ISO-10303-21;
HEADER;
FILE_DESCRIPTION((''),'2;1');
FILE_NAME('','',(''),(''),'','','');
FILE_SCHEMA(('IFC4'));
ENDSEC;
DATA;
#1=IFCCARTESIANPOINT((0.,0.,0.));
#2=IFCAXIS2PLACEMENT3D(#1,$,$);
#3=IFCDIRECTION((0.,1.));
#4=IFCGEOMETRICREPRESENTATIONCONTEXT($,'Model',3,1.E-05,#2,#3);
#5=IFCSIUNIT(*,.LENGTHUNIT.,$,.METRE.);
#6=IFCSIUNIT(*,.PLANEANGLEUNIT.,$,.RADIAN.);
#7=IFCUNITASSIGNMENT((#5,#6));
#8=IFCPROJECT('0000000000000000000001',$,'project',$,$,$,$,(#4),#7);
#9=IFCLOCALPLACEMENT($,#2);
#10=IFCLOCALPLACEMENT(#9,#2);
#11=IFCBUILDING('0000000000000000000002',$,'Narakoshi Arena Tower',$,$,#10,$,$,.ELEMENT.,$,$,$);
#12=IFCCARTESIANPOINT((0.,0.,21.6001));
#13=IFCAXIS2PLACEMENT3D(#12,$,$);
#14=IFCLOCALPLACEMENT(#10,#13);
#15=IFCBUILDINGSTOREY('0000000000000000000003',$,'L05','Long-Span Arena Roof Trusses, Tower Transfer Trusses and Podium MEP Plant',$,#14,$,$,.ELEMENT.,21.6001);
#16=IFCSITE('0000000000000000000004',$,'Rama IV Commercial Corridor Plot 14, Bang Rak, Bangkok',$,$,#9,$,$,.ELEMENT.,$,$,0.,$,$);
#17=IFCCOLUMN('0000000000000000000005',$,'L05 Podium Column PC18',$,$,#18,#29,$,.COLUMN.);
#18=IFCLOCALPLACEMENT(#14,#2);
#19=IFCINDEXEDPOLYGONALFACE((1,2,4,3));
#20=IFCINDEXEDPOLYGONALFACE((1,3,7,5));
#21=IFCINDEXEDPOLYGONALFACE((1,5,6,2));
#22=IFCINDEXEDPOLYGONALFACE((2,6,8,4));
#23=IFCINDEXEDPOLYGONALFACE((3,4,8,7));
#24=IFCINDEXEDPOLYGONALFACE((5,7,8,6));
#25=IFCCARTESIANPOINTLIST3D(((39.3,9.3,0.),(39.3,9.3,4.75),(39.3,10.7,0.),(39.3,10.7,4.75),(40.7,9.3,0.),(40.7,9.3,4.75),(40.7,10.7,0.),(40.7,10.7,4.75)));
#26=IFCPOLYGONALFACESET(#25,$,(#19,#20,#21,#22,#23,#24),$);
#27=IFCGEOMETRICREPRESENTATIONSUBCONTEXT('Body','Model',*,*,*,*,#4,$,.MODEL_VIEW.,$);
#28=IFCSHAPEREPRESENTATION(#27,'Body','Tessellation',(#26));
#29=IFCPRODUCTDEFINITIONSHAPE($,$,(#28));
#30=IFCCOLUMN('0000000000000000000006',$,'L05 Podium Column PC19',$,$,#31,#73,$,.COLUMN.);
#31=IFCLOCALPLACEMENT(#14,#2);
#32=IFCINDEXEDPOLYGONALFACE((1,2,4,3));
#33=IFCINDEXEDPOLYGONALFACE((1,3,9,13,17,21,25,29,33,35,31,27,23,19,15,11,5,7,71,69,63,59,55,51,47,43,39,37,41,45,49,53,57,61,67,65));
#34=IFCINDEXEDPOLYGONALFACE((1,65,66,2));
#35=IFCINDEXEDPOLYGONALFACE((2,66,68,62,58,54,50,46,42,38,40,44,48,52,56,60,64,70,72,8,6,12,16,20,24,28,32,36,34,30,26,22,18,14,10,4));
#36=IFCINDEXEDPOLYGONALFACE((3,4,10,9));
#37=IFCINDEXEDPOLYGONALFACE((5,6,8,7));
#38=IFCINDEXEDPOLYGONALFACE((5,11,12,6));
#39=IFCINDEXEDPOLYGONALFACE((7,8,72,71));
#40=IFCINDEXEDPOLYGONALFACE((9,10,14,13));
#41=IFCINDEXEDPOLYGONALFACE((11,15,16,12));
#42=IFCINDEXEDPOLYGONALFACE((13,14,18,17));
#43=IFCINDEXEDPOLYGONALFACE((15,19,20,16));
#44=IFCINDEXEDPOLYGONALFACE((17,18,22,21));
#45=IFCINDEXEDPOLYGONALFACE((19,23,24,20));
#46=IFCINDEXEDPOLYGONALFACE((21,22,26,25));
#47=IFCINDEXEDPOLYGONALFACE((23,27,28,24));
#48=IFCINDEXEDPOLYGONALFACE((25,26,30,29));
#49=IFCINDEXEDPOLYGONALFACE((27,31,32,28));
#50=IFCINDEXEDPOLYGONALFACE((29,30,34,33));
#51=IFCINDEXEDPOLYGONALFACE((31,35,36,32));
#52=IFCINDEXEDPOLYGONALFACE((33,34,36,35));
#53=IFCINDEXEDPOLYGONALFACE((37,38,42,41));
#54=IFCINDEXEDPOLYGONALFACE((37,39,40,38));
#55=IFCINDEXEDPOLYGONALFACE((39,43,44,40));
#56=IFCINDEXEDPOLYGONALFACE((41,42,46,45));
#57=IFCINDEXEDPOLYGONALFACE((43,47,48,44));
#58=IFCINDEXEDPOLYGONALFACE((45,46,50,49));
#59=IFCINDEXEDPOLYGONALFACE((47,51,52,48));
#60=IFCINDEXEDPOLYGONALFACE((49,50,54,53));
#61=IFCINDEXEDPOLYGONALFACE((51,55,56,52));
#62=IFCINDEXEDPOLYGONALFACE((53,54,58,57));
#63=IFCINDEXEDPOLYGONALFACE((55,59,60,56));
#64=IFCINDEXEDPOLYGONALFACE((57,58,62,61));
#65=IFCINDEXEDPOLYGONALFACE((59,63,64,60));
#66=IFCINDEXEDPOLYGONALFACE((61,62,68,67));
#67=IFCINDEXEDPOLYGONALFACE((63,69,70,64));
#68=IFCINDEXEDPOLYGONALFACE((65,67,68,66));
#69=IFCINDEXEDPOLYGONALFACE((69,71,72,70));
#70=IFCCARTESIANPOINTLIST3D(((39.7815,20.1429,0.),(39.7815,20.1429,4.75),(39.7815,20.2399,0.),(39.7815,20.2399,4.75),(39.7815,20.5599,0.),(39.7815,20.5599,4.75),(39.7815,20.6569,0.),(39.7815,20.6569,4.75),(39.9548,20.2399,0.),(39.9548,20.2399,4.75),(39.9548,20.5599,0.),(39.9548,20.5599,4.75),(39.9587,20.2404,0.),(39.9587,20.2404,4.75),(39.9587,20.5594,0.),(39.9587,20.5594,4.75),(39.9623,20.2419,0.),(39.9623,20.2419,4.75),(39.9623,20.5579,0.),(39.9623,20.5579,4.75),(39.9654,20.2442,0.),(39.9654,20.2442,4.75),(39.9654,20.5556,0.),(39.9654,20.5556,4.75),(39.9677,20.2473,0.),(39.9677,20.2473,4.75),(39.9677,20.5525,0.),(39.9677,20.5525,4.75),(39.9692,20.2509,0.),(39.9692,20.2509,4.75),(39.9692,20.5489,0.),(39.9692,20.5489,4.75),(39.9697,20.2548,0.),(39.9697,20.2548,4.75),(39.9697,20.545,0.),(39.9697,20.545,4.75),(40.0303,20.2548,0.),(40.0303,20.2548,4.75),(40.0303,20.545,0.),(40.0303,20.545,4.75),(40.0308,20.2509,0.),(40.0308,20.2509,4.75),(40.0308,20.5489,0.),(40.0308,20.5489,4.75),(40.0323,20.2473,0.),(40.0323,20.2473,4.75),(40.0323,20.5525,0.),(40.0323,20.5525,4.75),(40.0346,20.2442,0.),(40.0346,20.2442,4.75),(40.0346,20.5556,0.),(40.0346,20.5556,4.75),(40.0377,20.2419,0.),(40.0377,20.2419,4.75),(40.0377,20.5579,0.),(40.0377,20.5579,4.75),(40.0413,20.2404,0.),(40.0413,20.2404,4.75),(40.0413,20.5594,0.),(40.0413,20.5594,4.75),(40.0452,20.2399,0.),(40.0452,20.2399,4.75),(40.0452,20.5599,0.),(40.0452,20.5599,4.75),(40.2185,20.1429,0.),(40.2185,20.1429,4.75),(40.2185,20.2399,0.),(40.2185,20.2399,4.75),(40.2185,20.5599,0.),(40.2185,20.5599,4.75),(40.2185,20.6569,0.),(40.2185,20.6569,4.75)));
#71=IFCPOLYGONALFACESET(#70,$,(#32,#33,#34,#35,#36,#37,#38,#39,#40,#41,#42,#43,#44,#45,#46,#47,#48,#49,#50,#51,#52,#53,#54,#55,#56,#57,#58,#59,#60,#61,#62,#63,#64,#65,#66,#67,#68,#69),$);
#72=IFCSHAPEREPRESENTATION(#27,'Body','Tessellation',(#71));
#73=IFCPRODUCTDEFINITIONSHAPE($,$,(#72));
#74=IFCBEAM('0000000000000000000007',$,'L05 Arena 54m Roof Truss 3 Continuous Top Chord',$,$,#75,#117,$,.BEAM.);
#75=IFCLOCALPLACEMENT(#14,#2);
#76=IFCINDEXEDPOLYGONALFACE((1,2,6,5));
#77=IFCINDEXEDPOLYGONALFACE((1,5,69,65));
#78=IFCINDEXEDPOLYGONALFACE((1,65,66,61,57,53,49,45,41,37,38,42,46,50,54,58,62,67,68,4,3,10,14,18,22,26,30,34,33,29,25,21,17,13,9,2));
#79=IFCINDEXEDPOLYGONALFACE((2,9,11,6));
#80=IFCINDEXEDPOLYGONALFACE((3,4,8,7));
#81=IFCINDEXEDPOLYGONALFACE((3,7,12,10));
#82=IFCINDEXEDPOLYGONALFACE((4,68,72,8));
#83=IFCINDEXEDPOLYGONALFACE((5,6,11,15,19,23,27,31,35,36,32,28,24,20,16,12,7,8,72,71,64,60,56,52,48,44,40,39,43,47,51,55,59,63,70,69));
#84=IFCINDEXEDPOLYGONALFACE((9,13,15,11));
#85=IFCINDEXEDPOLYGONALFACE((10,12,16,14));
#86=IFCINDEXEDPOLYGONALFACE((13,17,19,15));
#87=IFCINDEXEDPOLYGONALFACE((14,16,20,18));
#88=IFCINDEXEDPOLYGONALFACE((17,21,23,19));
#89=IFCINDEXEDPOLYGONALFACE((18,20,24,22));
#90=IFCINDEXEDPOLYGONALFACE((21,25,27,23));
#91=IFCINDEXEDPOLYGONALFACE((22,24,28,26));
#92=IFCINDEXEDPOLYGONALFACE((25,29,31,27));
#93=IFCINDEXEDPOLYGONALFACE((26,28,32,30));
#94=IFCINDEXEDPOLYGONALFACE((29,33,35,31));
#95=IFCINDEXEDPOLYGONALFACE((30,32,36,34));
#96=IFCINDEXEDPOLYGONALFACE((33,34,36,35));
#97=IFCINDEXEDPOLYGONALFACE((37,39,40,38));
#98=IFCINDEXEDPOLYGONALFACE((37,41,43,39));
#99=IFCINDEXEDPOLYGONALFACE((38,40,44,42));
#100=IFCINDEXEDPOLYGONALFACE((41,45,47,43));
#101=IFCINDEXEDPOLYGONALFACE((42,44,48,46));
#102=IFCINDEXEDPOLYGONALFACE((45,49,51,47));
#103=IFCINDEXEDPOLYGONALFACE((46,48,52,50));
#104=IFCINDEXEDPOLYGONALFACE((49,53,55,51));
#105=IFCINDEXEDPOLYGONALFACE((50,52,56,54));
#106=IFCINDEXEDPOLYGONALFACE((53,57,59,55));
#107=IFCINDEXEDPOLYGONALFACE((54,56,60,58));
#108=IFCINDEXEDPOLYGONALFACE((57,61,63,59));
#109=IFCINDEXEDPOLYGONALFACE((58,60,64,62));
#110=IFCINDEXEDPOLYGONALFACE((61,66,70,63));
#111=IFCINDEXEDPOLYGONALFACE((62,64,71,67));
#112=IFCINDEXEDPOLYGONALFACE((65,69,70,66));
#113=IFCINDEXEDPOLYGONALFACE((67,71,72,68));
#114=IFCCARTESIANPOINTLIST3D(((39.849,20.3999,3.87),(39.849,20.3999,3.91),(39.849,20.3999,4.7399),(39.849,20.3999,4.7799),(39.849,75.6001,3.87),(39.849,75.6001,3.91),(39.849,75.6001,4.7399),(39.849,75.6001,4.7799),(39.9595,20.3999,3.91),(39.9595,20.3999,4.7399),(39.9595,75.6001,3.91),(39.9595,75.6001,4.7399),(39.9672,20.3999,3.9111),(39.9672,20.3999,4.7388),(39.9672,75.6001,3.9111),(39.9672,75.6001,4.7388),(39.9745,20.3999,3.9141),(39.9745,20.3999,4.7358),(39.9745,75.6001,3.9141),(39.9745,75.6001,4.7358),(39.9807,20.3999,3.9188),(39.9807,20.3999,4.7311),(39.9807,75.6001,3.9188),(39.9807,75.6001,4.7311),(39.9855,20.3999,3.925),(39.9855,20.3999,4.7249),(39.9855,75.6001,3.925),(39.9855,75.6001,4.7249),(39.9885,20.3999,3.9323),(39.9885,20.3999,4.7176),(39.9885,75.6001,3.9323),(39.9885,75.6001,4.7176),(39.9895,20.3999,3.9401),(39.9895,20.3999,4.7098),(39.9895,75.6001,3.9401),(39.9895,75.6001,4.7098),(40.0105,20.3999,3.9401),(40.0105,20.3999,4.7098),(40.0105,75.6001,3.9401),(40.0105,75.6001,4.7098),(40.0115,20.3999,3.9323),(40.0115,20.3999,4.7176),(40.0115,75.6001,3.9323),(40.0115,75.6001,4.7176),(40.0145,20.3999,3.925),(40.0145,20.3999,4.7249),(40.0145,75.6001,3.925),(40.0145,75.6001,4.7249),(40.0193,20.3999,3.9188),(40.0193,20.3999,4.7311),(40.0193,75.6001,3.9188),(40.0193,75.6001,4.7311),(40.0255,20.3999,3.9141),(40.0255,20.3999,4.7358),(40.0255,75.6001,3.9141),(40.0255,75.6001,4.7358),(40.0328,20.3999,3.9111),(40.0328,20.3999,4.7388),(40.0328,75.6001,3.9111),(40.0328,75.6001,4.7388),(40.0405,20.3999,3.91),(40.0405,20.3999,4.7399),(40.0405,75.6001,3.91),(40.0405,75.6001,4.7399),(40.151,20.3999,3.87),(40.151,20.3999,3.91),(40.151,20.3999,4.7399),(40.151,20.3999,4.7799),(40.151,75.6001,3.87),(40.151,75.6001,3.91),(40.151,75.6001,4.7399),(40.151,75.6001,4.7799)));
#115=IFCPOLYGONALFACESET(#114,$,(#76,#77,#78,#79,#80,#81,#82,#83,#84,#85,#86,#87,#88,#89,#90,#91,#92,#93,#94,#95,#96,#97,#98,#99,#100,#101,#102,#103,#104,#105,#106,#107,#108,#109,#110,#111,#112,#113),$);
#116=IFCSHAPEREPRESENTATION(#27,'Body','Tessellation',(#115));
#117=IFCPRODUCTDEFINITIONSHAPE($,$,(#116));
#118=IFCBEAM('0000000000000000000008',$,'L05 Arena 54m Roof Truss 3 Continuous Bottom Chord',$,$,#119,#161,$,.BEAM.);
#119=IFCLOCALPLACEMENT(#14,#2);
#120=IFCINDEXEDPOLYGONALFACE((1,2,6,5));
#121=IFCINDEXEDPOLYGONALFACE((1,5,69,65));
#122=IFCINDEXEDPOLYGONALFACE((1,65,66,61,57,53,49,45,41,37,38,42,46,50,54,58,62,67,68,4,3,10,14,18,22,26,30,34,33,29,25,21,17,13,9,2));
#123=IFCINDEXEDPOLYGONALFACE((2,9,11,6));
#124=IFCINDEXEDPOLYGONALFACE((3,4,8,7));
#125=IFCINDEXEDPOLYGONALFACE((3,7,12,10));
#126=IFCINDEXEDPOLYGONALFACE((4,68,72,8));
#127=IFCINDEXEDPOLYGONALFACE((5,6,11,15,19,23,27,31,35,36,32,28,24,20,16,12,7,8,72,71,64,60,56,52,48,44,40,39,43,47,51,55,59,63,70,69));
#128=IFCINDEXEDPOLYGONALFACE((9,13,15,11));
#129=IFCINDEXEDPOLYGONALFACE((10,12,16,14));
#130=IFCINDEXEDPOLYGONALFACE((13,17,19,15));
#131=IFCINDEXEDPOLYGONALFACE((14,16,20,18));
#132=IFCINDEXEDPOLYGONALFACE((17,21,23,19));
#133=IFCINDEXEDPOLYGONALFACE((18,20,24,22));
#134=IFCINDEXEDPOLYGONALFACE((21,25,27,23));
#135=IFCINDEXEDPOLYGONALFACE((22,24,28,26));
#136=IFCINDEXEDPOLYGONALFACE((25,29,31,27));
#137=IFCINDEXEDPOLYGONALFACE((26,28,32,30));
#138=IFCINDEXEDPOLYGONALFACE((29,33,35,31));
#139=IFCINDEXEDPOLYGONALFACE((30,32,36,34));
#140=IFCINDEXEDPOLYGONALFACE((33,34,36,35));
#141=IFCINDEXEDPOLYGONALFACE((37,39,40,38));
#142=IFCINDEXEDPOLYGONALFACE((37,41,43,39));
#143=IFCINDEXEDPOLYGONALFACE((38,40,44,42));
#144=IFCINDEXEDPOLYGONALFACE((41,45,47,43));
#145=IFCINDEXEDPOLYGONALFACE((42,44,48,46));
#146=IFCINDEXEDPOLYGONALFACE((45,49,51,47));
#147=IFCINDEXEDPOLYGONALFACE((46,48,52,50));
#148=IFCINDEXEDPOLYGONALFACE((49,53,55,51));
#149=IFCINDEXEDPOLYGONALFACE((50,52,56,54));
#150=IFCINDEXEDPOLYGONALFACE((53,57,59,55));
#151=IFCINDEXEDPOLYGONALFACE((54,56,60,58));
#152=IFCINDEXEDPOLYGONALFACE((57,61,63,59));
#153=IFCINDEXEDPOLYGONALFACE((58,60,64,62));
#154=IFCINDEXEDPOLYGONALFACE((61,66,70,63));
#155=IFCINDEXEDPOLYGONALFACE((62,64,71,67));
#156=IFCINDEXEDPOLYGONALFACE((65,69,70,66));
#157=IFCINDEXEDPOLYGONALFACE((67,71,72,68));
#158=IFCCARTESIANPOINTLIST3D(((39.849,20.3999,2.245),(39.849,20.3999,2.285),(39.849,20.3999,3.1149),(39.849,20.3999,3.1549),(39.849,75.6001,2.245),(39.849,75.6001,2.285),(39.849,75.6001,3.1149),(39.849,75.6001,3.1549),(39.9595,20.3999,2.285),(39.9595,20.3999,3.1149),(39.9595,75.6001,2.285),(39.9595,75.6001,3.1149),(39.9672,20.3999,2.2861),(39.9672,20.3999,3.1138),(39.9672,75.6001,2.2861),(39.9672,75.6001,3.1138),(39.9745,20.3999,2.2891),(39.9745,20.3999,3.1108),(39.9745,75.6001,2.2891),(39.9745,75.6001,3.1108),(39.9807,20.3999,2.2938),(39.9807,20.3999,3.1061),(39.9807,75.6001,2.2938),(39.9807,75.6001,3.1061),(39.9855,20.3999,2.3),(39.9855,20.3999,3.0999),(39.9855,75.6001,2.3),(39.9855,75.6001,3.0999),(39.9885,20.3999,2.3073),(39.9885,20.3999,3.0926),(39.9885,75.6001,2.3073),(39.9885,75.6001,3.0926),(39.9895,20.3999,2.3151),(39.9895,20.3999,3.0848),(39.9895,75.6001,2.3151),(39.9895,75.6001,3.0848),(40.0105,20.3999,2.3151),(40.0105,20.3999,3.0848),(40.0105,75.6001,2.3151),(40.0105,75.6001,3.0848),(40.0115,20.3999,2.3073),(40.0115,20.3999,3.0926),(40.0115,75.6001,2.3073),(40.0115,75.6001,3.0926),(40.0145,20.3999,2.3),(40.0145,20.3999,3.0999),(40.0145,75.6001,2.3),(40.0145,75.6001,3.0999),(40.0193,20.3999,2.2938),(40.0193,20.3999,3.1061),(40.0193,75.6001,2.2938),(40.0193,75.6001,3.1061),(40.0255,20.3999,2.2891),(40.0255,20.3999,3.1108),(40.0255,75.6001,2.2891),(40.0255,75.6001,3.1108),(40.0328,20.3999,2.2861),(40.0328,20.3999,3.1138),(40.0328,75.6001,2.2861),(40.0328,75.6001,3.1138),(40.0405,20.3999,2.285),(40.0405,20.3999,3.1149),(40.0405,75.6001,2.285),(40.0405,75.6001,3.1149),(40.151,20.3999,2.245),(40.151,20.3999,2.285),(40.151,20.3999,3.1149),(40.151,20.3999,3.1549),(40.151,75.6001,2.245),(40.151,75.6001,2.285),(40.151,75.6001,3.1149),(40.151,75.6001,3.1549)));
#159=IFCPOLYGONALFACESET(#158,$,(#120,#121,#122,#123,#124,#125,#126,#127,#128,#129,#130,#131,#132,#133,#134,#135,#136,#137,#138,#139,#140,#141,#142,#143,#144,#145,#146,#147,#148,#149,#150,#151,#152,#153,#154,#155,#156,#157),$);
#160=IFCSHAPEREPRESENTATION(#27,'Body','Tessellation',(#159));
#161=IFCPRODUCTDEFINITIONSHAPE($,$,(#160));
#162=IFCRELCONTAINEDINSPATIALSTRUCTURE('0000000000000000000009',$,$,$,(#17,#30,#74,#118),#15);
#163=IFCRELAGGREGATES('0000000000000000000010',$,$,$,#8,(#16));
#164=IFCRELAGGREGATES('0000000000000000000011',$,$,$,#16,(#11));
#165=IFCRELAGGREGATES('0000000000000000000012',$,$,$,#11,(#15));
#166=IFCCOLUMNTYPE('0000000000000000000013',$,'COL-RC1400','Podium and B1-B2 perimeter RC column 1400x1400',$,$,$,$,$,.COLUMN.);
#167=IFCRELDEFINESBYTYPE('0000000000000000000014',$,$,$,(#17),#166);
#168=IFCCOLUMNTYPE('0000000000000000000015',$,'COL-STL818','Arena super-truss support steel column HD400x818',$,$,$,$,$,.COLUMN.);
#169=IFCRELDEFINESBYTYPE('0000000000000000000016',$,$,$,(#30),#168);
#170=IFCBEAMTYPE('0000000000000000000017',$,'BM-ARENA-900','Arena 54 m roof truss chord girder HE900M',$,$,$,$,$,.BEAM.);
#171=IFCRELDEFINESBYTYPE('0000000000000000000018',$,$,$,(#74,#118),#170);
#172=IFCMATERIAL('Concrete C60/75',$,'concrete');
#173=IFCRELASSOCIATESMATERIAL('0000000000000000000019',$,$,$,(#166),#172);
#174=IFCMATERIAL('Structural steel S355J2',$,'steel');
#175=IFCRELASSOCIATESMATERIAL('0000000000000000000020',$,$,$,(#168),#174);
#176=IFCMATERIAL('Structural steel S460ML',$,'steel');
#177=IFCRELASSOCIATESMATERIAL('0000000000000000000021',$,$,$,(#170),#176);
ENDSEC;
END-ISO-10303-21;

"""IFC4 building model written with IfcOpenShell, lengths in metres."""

from ifc_helpers import new_model, si_unit, direction, frame, origin, origin_2d, place, context, subcontext, project, spatial, rectangle, i_section, extrude, material, material_profile, profile_set, type_object, element, save


model = new_model("IFC4")

# Units and contexts
model_context = context("Model", 3, precision=1e-05, world=origin(), true_north=direction((0.0, 1.0)))
body_context = subcontext(model_context, "Body", "Model", "MODEL_VIEW")
ifc_project = project(units=[si_unit("LENGTHUNIT", "METRE"), si_unit("PLANEANGLEUNIT", "RADIAN")], contexts=[model_context])

# Site, building, storey
site_placement = place(None, origin())
site = spatial("IfcSite", under=ifc_project, at=site_placement, Name="Rama IV Commercial Corridor Plot 14, Bang Rak, Bangkok", CompositionType="ELEMENT", RefElevation=0.0)
building_placement = place(site_placement, origin())
building = spatial("IfcBuilding", under=site, at=building_placement, Name="Narakoshi Arena Tower", CompositionType="ELEMENT")
storey_placement = place(building_placement, frame((0.0, 0.0, 21.6001)))
storey = spatial("IfcBuildingStorey", under=building, at=storey_placement, Name="L05", Description="Long-Span Arena Roof Trusses, Tower Transfer Trusses and Podium MEP Plant", CompositionType="ELEMENT", Elevation=21.6001)

# Columns
ifc_material_1 = material(Name="Concrete C60/75", Category="concrete")
ifc_material_profile_1 = material_profile(ifc_material_1, rectangle(XDim=1.3999, YDim=1.3999, at=origin_2d()), Name="RC1400x1400")
ifc_profile_set_1 = profile_set([ifc_material_profile_1], Name="Concrete C60/75")
column_type_1 = type_object("IfcColumnType", Name="COL-RC1400", Description="Podium and B1-B2 perimeter RC column 1400x1400", PredefinedType="COLUMN", material=ifc_profile_set_1)
column_1_placement = place(storey_placement, frame((40.0, 10.0, 0.0), z_axis=(0.0, 0.0, 1.0), x_axis=(1.0, 0.0, 0.0)))
element("IfcColumn", 1, at=column_1_placement, inside=storey, type_object=column_type_1, Name="L05 Podium Column PC18", PredefinedType="COLUMN", context=body_context, shape_type="SweptSolid", body=[
    extrude(rectangle(XDim=1.3999, YDim=1.3999, at=origin_2d()), origin(), (0.0, 0.0, 1.0), 4.75),
])
ifc_material_2 = material(Name="Structural steel S355J2", Category="steel")
ifc_material_profile_2 = material_profile(ifc_material_2, i_section(OverallWidth=0.437, OverallDepth=0.5139, WebThickness=0.0605, FlangeThickness=0.0969, FilletRadius=0.0149, at=origin_2d()), Name="HD400x818")
ifc_profile_set_2 = profile_set([ifc_material_profile_2], Name="Structural steel S355J2")
column_type_2 = type_object("IfcColumnType", Name="COL-STL818", Description="Arena super-truss support steel column HD400x818", PredefinedType="COLUMN", material=ifc_profile_set_2)
column_2_placement = place(storey_placement, frame((40.0, 20.3999, 0.0), z_axis=(0.0, 0.0, 1.0), x_axis=(1.0, 0.0, 0.0)))
element("IfcColumn", 2, at=column_2_placement, inside=storey, type_object=column_type_2, Name="L05 Podium Column PC19", PredefinedType="COLUMN", context=body_context, shape_type="SweptSolid", body=[
    extrude(i_section(OverallWidth=0.437, OverallDepth=0.5139, WebThickness=0.0605, FlangeThickness=0.0969, FilletRadius=0.0149, at=origin_2d()), origin(), (0.0, 0.0, 1.0), 4.75),
])

# Beams
ifc_material_3 = material(Name="Structural steel S460ML", Category="steel")
ifc_material_profile_3 = material_profile(ifc_material_3, i_section(OverallWidth=0.302, OverallDepth=0.9099, WebThickness=0.021, FlangeThickness=0.04, FilletRadius=0.03, at=origin_2d()), Name="HE900M")
ifc_profile_set_3 = profile_set([ifc_material_profile_3], Name="Structural steel S460ML")
beam_type_1 = type_object("IfcBeamType", Name="BM-ARENA-900", Description="Arena 54 m roof truss chord girder HE900M", PredefinedType="BEAM", material=ifc_profile_set_3)
for number, where, z_axis, x_axis, name in (
    (3, (40.0, 20.3999, 4.325), (0.0, 1.0, 0.0), (-1.0, 0.0, 0.0), "L05 Arena 54m Roof Truss 3 Continuous Top Chord"),
    (4, (40.0, 20.3999, 2.7), (0.0, 1.0, 0.0), (-1.0, 0.0, 0.0), "L05 Arena 54m Roof Truss 3 Continuous Bottom Chord"),
):
    element("IfcBeam", number, at=place(storey_placement, frame(where, z_axis=z_axis, x_axis=x_axis)), inside=storey, type_object=beam_type_1, Name=name, PredefinedType="BEAM", context=body_context, shape_type="SweptSolid", body=[
        extrude(i_section(OverallWidth=0.302, OverallDepth=0.9099, WebThickness=0.021, FlangeThickness=0.04, FilletRadius=0.03, at=origin_2d()), origin(), (0.0, 0.0, 1.0), 55.2002),
    ])

save(model, "model.ifc")
